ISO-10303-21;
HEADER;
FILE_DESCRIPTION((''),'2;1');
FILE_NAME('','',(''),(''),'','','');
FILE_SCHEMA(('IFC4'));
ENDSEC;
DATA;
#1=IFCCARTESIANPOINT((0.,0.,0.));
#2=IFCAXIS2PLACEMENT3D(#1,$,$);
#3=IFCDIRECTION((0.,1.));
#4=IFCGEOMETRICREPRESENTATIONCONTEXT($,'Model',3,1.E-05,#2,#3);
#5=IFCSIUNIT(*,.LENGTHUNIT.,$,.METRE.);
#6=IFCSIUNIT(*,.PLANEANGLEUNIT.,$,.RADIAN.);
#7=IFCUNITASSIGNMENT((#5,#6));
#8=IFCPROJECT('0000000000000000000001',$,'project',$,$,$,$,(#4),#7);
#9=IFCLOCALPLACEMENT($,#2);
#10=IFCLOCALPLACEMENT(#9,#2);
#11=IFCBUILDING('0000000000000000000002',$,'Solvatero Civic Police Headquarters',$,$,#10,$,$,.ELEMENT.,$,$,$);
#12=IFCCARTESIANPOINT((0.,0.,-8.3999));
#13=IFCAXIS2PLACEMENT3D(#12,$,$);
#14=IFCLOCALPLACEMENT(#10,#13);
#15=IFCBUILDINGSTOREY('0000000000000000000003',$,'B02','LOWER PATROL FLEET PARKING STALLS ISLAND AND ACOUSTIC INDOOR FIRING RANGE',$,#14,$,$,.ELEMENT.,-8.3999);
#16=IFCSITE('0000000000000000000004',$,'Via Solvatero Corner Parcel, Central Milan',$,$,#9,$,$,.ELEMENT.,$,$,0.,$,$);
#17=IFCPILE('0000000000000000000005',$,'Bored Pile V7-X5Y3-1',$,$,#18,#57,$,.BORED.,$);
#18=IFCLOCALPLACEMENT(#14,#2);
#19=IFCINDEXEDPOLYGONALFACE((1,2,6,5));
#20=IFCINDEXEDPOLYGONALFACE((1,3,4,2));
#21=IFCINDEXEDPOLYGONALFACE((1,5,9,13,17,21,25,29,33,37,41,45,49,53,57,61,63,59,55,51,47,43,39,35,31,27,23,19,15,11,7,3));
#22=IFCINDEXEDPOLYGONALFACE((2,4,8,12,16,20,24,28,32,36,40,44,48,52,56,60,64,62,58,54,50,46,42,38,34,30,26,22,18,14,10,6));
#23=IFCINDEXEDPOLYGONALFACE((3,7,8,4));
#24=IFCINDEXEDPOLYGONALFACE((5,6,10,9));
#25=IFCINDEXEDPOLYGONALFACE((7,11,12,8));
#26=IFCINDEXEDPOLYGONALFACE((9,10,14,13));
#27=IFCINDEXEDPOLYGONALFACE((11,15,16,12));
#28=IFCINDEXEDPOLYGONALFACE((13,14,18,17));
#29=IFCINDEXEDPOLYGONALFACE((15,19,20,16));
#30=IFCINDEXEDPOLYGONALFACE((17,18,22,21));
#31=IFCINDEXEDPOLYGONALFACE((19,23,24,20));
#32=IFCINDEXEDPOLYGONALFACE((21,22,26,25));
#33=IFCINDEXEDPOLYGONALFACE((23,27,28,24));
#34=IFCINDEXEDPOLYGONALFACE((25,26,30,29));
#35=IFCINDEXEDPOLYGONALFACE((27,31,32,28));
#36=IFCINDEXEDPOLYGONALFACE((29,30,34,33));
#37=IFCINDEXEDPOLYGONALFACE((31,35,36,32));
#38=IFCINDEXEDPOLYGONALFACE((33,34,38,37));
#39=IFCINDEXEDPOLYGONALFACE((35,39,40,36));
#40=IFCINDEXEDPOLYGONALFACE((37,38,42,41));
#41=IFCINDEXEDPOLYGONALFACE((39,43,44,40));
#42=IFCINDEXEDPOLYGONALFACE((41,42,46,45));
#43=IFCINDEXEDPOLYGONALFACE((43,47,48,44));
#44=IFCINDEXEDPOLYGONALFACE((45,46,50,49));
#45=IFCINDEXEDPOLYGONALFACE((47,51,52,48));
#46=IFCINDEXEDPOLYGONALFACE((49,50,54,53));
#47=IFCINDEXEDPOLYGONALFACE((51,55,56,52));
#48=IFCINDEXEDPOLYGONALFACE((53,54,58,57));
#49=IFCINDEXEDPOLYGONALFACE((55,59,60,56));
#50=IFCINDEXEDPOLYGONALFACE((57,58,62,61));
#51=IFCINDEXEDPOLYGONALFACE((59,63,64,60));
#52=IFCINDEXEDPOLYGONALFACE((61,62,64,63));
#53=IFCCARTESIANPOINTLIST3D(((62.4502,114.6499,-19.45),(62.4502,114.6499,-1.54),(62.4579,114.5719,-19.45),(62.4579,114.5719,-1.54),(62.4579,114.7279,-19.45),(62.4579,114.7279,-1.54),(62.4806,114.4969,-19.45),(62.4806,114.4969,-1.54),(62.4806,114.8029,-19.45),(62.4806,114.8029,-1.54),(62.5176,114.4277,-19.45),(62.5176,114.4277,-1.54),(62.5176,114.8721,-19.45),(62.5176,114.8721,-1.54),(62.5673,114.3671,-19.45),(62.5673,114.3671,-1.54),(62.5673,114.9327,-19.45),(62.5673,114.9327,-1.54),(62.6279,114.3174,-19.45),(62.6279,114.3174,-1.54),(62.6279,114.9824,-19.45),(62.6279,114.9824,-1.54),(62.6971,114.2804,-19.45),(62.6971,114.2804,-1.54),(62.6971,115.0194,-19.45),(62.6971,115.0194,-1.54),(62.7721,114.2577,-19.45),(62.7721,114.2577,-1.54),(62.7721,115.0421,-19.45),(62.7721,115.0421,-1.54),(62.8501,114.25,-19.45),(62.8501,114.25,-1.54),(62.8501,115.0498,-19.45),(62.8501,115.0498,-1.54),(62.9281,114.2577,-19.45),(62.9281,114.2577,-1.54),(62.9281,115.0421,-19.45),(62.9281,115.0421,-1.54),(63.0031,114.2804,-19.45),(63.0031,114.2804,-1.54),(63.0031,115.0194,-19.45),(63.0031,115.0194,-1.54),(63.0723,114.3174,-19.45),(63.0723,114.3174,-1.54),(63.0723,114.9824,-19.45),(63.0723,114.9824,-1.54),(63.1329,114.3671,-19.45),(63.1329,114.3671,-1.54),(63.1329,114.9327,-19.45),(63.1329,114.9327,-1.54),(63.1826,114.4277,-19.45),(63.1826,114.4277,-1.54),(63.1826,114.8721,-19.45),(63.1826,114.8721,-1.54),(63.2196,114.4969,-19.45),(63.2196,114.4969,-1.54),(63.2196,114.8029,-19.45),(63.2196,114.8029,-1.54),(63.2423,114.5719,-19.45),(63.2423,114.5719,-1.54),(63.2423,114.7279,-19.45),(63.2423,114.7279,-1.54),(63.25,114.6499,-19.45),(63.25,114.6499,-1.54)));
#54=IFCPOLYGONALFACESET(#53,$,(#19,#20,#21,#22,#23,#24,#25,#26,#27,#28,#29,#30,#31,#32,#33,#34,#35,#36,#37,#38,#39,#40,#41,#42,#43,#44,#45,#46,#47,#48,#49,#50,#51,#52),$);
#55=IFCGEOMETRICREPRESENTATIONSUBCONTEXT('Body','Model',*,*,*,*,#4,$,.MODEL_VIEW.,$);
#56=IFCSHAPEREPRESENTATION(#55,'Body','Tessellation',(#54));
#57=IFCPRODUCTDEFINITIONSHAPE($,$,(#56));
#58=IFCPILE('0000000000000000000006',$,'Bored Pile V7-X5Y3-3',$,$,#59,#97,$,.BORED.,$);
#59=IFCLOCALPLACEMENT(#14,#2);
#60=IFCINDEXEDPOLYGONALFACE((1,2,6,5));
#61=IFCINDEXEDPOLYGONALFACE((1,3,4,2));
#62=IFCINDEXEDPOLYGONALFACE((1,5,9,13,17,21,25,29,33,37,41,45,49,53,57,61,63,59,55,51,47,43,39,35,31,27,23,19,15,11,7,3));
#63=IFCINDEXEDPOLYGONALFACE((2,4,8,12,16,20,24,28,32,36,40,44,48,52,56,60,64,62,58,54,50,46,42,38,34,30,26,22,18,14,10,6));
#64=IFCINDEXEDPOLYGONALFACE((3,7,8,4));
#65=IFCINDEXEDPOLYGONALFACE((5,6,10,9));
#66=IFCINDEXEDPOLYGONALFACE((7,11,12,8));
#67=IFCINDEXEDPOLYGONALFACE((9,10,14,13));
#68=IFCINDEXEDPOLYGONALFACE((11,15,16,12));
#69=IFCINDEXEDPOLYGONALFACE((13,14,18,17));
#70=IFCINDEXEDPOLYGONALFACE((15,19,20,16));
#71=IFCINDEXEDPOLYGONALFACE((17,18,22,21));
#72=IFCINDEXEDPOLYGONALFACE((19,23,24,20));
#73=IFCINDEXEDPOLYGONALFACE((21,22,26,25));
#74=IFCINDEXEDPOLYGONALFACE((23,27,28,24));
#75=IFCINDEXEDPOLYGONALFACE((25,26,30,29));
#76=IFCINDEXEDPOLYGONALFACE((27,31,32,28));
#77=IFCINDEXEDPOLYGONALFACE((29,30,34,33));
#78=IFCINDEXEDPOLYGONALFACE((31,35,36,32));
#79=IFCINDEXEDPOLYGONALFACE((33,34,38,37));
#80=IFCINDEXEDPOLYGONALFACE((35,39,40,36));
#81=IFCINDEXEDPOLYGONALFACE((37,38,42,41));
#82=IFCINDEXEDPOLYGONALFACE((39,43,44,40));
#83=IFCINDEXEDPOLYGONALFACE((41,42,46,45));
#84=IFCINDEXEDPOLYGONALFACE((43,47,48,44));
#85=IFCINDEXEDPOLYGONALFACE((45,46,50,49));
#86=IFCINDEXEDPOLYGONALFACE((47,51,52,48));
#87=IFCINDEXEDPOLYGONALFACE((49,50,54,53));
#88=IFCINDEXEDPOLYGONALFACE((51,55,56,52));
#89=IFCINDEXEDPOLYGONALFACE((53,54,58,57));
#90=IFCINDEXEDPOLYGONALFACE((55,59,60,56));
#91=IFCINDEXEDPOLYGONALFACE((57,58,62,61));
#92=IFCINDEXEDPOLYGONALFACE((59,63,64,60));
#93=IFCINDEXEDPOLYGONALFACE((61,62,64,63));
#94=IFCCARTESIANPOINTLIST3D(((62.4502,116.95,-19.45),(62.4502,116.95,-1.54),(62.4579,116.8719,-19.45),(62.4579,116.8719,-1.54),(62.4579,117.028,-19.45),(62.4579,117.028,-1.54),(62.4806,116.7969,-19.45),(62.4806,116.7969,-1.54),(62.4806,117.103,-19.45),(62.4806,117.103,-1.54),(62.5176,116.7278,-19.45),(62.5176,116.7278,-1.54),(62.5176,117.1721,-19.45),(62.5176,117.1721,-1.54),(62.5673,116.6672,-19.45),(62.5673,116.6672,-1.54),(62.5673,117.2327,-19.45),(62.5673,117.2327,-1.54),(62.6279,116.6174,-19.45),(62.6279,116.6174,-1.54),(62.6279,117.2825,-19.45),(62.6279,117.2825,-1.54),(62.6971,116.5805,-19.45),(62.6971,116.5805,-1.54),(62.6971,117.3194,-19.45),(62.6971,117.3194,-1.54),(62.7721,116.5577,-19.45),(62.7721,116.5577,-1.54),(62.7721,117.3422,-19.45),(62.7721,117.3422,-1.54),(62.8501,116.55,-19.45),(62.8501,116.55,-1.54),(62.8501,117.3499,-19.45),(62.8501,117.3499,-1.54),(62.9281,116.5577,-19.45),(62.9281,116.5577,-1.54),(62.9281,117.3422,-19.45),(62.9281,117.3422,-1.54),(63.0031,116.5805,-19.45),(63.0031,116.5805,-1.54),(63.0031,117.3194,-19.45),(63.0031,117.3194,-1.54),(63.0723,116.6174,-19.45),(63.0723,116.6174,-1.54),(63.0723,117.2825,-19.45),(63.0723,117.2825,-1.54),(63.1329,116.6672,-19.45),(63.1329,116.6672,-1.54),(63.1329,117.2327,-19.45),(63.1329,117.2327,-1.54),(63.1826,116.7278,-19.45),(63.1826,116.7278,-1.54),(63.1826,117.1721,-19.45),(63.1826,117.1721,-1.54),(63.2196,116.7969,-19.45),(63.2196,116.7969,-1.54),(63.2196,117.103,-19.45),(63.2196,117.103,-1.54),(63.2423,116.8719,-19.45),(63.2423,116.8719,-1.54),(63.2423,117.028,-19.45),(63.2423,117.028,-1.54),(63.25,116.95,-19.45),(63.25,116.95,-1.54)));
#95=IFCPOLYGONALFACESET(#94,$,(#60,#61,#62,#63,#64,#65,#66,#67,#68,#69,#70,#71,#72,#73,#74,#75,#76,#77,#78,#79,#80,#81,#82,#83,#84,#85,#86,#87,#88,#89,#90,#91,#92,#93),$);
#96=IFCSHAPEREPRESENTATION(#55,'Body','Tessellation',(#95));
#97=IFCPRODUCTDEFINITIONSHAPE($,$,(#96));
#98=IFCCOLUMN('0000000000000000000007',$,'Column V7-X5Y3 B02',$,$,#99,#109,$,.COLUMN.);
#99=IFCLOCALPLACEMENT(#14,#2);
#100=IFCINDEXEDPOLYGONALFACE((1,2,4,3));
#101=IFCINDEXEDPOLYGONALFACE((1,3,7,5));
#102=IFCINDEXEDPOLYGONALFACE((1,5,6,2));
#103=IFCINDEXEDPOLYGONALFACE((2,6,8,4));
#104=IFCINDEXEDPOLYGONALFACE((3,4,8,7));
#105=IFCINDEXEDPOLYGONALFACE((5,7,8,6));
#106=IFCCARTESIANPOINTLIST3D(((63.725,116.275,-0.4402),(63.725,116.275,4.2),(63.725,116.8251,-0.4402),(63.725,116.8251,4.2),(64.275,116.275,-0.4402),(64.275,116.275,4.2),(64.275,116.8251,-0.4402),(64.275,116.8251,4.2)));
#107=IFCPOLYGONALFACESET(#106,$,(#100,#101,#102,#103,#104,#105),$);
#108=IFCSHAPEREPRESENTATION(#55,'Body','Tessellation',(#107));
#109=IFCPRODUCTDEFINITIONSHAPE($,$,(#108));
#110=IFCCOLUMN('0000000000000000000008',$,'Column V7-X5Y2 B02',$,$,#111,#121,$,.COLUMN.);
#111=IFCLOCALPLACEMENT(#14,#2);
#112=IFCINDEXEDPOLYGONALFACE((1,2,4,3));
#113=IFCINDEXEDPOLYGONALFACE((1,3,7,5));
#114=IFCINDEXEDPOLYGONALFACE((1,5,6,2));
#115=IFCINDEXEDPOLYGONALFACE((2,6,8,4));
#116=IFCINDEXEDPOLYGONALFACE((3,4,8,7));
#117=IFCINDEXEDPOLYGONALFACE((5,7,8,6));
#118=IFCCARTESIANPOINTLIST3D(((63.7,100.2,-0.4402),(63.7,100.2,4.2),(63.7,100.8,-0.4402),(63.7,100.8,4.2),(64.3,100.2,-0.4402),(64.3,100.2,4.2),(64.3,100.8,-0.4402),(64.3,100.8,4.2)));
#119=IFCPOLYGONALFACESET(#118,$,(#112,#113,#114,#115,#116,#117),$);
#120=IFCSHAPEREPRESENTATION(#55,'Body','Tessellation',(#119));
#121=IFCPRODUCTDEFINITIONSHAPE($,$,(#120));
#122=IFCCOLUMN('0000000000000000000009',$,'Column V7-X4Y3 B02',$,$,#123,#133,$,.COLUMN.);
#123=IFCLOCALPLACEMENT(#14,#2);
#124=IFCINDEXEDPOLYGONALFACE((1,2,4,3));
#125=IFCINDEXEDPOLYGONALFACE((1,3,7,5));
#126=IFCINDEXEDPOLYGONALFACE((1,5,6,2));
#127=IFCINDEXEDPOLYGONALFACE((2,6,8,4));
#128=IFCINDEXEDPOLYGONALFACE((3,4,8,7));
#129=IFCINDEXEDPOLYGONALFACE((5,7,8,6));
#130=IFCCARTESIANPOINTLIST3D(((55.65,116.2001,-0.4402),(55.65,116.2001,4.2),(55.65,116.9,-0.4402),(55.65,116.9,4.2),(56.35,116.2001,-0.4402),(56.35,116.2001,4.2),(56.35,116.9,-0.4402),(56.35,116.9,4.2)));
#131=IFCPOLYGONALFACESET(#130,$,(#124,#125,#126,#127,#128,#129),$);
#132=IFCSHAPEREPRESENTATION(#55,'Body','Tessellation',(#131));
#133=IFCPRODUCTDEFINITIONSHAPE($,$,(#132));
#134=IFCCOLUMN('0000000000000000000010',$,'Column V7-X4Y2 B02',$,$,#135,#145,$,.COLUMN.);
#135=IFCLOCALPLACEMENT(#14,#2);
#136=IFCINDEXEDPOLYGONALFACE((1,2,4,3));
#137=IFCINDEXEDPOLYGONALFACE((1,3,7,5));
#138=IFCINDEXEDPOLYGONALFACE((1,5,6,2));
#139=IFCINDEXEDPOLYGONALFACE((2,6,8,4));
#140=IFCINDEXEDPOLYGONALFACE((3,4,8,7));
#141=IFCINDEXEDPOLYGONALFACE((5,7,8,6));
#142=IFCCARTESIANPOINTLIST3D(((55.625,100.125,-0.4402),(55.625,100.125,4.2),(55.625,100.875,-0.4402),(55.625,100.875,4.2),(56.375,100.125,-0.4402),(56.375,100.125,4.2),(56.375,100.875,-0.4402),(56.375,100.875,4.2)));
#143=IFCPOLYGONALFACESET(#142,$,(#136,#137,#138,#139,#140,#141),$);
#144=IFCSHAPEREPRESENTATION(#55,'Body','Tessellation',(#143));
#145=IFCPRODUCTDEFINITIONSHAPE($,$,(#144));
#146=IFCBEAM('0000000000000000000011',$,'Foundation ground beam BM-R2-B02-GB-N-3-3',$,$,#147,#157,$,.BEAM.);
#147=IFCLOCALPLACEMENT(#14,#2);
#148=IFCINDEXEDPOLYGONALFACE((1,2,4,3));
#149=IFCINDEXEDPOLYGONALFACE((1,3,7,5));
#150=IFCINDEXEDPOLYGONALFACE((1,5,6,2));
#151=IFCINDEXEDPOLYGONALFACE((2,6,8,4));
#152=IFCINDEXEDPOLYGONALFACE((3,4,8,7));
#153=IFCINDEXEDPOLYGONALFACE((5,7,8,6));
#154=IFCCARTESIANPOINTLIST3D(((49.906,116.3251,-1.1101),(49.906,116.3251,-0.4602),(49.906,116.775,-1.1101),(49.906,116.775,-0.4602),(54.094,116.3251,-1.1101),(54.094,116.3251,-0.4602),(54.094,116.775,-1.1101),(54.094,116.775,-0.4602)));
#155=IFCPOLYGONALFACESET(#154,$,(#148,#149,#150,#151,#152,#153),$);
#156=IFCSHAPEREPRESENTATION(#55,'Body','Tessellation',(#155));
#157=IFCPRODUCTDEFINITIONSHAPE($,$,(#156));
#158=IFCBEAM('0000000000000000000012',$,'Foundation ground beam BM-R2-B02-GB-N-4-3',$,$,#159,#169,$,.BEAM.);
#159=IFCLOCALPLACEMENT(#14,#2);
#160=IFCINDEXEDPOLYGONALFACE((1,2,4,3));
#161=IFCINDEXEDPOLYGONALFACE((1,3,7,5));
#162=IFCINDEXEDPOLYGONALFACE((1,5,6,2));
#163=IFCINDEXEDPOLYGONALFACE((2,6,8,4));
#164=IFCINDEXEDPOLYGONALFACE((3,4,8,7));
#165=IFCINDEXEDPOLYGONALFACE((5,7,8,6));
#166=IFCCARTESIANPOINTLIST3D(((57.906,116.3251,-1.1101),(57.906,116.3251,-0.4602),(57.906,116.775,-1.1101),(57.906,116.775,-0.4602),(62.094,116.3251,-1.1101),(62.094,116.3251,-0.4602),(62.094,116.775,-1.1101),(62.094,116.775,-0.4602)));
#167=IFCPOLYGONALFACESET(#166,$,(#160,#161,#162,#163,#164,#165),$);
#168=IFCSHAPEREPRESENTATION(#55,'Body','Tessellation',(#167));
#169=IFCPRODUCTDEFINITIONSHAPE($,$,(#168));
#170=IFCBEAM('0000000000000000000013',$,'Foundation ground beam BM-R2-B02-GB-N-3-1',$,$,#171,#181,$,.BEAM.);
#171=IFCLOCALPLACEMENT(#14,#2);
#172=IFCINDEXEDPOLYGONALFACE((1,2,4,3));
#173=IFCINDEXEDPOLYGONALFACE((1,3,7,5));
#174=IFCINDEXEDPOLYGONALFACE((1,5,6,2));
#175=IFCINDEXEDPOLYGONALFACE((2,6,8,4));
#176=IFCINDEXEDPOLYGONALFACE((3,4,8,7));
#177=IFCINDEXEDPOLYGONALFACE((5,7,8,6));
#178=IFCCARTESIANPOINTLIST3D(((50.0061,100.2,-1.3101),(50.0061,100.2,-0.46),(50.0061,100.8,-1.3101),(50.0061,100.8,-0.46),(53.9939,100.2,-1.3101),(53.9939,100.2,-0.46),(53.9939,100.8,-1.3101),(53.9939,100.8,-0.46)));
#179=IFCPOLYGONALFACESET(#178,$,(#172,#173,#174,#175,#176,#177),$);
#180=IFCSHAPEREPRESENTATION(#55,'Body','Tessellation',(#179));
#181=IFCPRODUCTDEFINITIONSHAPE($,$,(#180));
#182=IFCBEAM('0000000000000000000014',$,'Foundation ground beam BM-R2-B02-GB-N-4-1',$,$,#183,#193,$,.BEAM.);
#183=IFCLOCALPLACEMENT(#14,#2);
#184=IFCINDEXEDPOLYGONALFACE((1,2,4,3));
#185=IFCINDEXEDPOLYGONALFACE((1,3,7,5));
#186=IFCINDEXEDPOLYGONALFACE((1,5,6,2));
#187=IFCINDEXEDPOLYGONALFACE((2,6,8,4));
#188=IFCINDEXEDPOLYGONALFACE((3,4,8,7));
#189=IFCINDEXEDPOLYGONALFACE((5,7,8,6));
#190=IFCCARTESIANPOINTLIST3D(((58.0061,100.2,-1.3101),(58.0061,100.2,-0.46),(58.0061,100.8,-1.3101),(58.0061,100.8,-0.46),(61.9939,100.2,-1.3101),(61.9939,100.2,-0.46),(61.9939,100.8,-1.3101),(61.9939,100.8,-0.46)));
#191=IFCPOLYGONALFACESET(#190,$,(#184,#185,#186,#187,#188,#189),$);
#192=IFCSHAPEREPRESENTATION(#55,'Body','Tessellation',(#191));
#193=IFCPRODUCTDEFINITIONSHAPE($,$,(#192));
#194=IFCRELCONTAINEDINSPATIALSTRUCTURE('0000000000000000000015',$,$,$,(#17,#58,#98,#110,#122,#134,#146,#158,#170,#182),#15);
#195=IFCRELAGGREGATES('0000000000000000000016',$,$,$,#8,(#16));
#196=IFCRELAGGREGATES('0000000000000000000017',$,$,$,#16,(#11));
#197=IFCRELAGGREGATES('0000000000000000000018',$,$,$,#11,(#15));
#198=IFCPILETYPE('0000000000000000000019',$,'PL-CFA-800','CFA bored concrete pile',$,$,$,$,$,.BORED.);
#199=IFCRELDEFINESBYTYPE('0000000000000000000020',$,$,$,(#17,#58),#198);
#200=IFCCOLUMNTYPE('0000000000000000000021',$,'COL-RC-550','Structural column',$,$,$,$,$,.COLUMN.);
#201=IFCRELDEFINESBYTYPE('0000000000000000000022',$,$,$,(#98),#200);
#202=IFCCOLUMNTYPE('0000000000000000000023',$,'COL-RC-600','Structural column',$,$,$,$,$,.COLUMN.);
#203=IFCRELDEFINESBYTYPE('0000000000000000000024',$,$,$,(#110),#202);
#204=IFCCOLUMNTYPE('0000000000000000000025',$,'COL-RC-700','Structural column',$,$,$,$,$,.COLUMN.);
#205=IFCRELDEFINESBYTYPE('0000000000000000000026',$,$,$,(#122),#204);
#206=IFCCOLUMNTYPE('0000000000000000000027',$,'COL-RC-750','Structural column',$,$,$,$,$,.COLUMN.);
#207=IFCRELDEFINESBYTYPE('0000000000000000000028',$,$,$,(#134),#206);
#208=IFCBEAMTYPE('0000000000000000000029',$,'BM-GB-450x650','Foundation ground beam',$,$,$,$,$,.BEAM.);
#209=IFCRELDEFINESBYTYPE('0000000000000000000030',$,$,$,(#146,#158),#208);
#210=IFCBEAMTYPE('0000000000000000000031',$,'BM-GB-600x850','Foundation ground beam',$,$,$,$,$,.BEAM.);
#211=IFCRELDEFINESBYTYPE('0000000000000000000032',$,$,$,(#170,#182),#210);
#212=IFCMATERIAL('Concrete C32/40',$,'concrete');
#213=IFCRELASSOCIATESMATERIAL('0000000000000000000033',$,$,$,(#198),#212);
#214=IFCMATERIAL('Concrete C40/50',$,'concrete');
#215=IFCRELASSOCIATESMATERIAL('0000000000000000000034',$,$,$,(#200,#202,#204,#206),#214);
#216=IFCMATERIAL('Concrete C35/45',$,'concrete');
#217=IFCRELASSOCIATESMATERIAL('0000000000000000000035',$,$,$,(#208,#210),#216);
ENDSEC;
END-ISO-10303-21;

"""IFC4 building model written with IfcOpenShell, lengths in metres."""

from ifc_helpers import new_model, si_unit, direction, frame, origin, origin_2d, place, context, subcontext, project, spatial, rectangle, circle, extrude, material, material_profile, profile_set, type_object, element, save


model = new_model("IFC4")

# Units and contexts
model_context = context("Model", 3, precision=1e-05, world=origin(), true_north=direction((0.0, 1.0)))
body_context = subcontext(model_context, "Body", "Model", "MODEL_VIEW")
ifc_project = project(units=[si_unit("LENGTHUNIT", "METRE"), si_unit("PLANEANGLEUNIT", "RADIAN")], contexts=[model_context])

# Site, building, storey
site_placement = place(None, origin())
site = spatial("IfcSite", under=ifc_project, at=site_placement, Name="Via Solvatero Corner Parcel, Central Milan", CompositionType="ELEMENT", RefElevation=0.0)
building_placement = place(site_placement, origin())
building = spatial("IfcBuilding", under=site, at=building_placement, Name="Solvatero Civic Police Headquarters", CompositionType="ELEMENT")
storey_placement = place(building_placement, frame((0.0, 0.0, -8.3999)))
storey = spatial("IfcBuildingStorey", under=building, at=storey_placement, Name="B02", Description="LOWER PATROL FLEET PARKING STALLS ISLAND AND ACOUSTIC INDOOR FIRING RANGE", CompositionType="ELEMENT", Elevation=-8.3999)

# Shared definitions
ifc_material_1 = material(Name="Concrete C35/45", Category="concrete")

# Piles
ifc_material_2 = material(Name="Concrete C32/40", Category="concrete")
ifc_material_profile_1 = material_profile(ifc_material_2, circle(Radius=0.3999, at=origin_2d()), Name="CFA PILE D800")
ifc_profile_set_1 = profile_set([ifc_material_profile_1], Name="Concrete C32/40")
pile_type = type_object("IfcPileType", Name="PL-CFA-800", Description="CFA bored concrete pile", PredefinedType="BORED", material=ifc_profile_set_1)
for number, where, z_axis, x_axis, name in (
    (1, (62.8501, 114.6499, -1.54), (0.0, 0.0, -1.0), (1.0, 0.0, 0.0), "Bored Pile V7-X5Y3-1"),
    (2, (62.8501, 116.95, -1.54), (0.0, 0.0, -1.0), (1.0, 0.0, 0.0), "Bored Pile V7-X5Y3-3"),
):
    element("IfcPile", number, at=place(storey_placement, frame(where, z_axis=z_axis, x_axis=x_axis)), inside=storey, type_object=pile_type, Name=name, PredefinedType="BORED", context=body_context, shape_type="SweptSolid", body=[
        extrude(circle(Radius=0.3999, at=origin_2d()), origin(), (0.0, 0.0, 1.0), 17.9099),
    ])

# Columns
ifc_material_3 = material(Name="Concrete C40/50", Category="concrete")
ifc_material_profile_2 = material_profile(ifc_material_3, rectangle(XDim=0.55, YDim=0.55, at=origin_2d()), Name="RC 550x550")
ifc_profile_set_2 = profile_set([ifc_material_profile_2], Name="Concrete C40/50")
column_type_1 = type_object("IfcColumnType", Name="COL-RC-550", Description="Structural column", PredefinedType="COLUMN", material=ifc_profile_set_2)
column_1_placement = place(storey_placement, frame((64.0, 116.55, -0.4402), z_axis=(0.0, 0.0, 1.0), x_axis=(1.0, 0.0, 0.0)))
element("IfcColumn", 3, at=column_1_placement, inside=storey, type_object=column_type_1, Name="Column V7-X5Y3 B02", PredefinedType="COLUMN", context=body_context, shape_type="SweptSolid", body=[
    extrude(rectangle(XDim=0.55, YDim=0.55, at=origin_2d()), origin(), (0.0, 0.0, 1.0), 4.6401),
])
ifc_material_profile_3 = material_profile(ifc_material_3, rectangle(XDim=0.6001, YDim=0.6001, at=origin_2d()), Name="RC 600x600")
ifc_profile_set_3 = profile_set([ifc_material_profile_3], Name="Concrete C40/50")
column_type_2 = type_object("IfcColumnType", Name="COL-RC-600", Description="Structural column", PredefinedType="COLUMN", material=ifc_profile_set_3)
column_2_placement = place(storey_placement, frame((64.0, 100.5, -0.4402), z_axis=(0.0, 0.0, 1.0), x_axis=(1.0, 0.0, 0.0)))
element("IfcColumn", 4, at=column_2_placement, inside=storey, type_object=column_type_2, Name="Column V7-X5Y2 B02", PredefinedType="COLUMN", context=body_context, shape_type="SweptSolid", body=[
    extrude(rectangle(XDim=0.6001, YDim=0.6001, at=origin_2d()), origin(), (0.0, 0.0, 1.0), 4.6401),
])
ifc_material_profile_4 = material_profile(ifc_material_3, rectangle(XDim=0.7, YDim=0.7, at=origin_2d()), Name="RC 700x700")
ifc_profile_set_4 = profile_set([ifc_material_profile_4], Name="Concrete C40/50")
column_type_3 = type_object("IfcColumnType", Name="COL-RC-700", Description="Structural column", PredefinedType="COLUMN", material=ifc_profile_set_4)
column_3_placement = place(storey_placement, frame((56.0, 116.55, -0.4402), z_axis=(0.0, 0.0, 1.0), x_axis=(1.0, 0.0, 0.0)))
element("IfcColumn", 5, at=column_3_placement, inside=storey, type_object=column_type_3, Name="Column V7-X4Y3 B02", PredefinedType="COLUMN", context=body_context, shape_type="SweptSolid", body=[
    extrude(rectangle(XDim=0.7, YDim=0.7, at=origin_2d()), origin(), (0.0, 0.0, 1.0), 4.6401),
])
ifc_material_profile_5 = material_profile(ifc_material_3, rectangle(XDim=0.75, YDim=0.75, at=origin_2d()), Name="RC 750x750")
ifc_profile_set_5 = profile_set([ifc_material_profile_5], Name="Concrete C40/50")
column_type_4 = type_object("IfcColumnType", Name="COL-RC-750", Description="Structural column", PredefinedType="COLUMN", material=ifc_profile_set_5)
column_4_placement = place(storey_placement, frame((56.0, 100.5, -0.4402), z_axis=(0.0, 0.0, 1.0), x_axis=(1.0, 0.0, 0.0)))
element("IfcColumn", 6, at=column_4_placement, inside=storey, type_object=column_type_4, Name="Column V7-X4Y2 B02", PredefinedType="COLUMN", context=body_context, shape_type="SweptSolid", body=[
    extrude(rectangle(XDim=0.75, YDim=0.75, at=origin_2d()), origin(), (0.0, 0.0, 1.0), 4.6401),
])

# Beams
ifc_material_profile_6 = material_profile(ifc_material_1, rectangle(XDim=0.45, YDim=0.6499, at=origin_2d()), Name="GB 450x650")
ifc_profile_set_6 = profile_set([ifc_material_profile_6], Name="Concrete C35/45")
beam_type_1 = type_object("IfcBeamType", Name="BM-GB-450x650", Description="Foundation ground beam", PredefinedType="BEAM", material=ifc_profile_set_6)
for number, where, z_axis, x_axis, name in (
    (7, (49.906, 116.55, -0.7852), (1.0, 0.0, 0.0), (0.0, 1.0, 0.0), "Foundation ground beam BM-R2-B02-GB-N-3-3"),
    (8, (57.906, 116.55, -0.7852), (1.0, 0.0, 0.0), (0.0, 1.0, 0.0), "Foundation ground beam BM-R2-B02-GB-N-4-3"),
):
    element("IfcBeam", number, at=place(storey_placement, frame(where, z_axis=z_axis, x_axis=x_axis)), inside=storey, type_object=beam_type_1, Name=name, PredefinedType="BEAM", context=body_context, shape_type="SweptSolid", body=[
        extrude(rectangle(XDim=0.45, YDim=0.6499, at=origin_2d()), origin(), (0.0, 0.0, 1.0), 4.188),
    ])
ifc_material_profile_7 = material_profile(ifc_material_1, rectangle(XDim=0.6001, YDim=0.8501, at=origin_2d()), Name="GB 600x850")
ifc_profile_set_7 = profile_set([ifc_material_profile_7], Name="Concrete C35/45")
beam_type_2 = type_object("IfcBeamType", Name="BM-GB-600x850", Description="Foundation ground beam", PredefinedType="BEAM", material=ifc_profile_set_7)
for number, where, z_axis, x_axis, name in (
    (9, (50.0061, 100.5, -0.885), (1.0, 0.0, 0.0), (0.0, 1.0, 0.0), "Foundation ground beam BM-R2-B02-GB-N-3-1"),
    (10, (58.0061, 100.5, -0.885), (1.0, 0.0, 0.0), (0.0, 1.0, 0.0), "Foundation ground beam BM-R2-B02-GB-N-4-1"),
):
    element("IfcBeam", number, at=place(storey_placement, frame(where, z_axis=z_axis, x_axis=x_axis)), inside=storey, type_object=beam_type_2, Name=name, PredefinedType="BEAM", context=body_context, shape_type="SweptSolid", body=[
        extrude(rectangle(XDim=0.6001, YDim=0.8501, at=origin_2d()), origin(), (0.0, 0.0, 1.0), 3.9878),
    ])

save(model, "model.ifc")
